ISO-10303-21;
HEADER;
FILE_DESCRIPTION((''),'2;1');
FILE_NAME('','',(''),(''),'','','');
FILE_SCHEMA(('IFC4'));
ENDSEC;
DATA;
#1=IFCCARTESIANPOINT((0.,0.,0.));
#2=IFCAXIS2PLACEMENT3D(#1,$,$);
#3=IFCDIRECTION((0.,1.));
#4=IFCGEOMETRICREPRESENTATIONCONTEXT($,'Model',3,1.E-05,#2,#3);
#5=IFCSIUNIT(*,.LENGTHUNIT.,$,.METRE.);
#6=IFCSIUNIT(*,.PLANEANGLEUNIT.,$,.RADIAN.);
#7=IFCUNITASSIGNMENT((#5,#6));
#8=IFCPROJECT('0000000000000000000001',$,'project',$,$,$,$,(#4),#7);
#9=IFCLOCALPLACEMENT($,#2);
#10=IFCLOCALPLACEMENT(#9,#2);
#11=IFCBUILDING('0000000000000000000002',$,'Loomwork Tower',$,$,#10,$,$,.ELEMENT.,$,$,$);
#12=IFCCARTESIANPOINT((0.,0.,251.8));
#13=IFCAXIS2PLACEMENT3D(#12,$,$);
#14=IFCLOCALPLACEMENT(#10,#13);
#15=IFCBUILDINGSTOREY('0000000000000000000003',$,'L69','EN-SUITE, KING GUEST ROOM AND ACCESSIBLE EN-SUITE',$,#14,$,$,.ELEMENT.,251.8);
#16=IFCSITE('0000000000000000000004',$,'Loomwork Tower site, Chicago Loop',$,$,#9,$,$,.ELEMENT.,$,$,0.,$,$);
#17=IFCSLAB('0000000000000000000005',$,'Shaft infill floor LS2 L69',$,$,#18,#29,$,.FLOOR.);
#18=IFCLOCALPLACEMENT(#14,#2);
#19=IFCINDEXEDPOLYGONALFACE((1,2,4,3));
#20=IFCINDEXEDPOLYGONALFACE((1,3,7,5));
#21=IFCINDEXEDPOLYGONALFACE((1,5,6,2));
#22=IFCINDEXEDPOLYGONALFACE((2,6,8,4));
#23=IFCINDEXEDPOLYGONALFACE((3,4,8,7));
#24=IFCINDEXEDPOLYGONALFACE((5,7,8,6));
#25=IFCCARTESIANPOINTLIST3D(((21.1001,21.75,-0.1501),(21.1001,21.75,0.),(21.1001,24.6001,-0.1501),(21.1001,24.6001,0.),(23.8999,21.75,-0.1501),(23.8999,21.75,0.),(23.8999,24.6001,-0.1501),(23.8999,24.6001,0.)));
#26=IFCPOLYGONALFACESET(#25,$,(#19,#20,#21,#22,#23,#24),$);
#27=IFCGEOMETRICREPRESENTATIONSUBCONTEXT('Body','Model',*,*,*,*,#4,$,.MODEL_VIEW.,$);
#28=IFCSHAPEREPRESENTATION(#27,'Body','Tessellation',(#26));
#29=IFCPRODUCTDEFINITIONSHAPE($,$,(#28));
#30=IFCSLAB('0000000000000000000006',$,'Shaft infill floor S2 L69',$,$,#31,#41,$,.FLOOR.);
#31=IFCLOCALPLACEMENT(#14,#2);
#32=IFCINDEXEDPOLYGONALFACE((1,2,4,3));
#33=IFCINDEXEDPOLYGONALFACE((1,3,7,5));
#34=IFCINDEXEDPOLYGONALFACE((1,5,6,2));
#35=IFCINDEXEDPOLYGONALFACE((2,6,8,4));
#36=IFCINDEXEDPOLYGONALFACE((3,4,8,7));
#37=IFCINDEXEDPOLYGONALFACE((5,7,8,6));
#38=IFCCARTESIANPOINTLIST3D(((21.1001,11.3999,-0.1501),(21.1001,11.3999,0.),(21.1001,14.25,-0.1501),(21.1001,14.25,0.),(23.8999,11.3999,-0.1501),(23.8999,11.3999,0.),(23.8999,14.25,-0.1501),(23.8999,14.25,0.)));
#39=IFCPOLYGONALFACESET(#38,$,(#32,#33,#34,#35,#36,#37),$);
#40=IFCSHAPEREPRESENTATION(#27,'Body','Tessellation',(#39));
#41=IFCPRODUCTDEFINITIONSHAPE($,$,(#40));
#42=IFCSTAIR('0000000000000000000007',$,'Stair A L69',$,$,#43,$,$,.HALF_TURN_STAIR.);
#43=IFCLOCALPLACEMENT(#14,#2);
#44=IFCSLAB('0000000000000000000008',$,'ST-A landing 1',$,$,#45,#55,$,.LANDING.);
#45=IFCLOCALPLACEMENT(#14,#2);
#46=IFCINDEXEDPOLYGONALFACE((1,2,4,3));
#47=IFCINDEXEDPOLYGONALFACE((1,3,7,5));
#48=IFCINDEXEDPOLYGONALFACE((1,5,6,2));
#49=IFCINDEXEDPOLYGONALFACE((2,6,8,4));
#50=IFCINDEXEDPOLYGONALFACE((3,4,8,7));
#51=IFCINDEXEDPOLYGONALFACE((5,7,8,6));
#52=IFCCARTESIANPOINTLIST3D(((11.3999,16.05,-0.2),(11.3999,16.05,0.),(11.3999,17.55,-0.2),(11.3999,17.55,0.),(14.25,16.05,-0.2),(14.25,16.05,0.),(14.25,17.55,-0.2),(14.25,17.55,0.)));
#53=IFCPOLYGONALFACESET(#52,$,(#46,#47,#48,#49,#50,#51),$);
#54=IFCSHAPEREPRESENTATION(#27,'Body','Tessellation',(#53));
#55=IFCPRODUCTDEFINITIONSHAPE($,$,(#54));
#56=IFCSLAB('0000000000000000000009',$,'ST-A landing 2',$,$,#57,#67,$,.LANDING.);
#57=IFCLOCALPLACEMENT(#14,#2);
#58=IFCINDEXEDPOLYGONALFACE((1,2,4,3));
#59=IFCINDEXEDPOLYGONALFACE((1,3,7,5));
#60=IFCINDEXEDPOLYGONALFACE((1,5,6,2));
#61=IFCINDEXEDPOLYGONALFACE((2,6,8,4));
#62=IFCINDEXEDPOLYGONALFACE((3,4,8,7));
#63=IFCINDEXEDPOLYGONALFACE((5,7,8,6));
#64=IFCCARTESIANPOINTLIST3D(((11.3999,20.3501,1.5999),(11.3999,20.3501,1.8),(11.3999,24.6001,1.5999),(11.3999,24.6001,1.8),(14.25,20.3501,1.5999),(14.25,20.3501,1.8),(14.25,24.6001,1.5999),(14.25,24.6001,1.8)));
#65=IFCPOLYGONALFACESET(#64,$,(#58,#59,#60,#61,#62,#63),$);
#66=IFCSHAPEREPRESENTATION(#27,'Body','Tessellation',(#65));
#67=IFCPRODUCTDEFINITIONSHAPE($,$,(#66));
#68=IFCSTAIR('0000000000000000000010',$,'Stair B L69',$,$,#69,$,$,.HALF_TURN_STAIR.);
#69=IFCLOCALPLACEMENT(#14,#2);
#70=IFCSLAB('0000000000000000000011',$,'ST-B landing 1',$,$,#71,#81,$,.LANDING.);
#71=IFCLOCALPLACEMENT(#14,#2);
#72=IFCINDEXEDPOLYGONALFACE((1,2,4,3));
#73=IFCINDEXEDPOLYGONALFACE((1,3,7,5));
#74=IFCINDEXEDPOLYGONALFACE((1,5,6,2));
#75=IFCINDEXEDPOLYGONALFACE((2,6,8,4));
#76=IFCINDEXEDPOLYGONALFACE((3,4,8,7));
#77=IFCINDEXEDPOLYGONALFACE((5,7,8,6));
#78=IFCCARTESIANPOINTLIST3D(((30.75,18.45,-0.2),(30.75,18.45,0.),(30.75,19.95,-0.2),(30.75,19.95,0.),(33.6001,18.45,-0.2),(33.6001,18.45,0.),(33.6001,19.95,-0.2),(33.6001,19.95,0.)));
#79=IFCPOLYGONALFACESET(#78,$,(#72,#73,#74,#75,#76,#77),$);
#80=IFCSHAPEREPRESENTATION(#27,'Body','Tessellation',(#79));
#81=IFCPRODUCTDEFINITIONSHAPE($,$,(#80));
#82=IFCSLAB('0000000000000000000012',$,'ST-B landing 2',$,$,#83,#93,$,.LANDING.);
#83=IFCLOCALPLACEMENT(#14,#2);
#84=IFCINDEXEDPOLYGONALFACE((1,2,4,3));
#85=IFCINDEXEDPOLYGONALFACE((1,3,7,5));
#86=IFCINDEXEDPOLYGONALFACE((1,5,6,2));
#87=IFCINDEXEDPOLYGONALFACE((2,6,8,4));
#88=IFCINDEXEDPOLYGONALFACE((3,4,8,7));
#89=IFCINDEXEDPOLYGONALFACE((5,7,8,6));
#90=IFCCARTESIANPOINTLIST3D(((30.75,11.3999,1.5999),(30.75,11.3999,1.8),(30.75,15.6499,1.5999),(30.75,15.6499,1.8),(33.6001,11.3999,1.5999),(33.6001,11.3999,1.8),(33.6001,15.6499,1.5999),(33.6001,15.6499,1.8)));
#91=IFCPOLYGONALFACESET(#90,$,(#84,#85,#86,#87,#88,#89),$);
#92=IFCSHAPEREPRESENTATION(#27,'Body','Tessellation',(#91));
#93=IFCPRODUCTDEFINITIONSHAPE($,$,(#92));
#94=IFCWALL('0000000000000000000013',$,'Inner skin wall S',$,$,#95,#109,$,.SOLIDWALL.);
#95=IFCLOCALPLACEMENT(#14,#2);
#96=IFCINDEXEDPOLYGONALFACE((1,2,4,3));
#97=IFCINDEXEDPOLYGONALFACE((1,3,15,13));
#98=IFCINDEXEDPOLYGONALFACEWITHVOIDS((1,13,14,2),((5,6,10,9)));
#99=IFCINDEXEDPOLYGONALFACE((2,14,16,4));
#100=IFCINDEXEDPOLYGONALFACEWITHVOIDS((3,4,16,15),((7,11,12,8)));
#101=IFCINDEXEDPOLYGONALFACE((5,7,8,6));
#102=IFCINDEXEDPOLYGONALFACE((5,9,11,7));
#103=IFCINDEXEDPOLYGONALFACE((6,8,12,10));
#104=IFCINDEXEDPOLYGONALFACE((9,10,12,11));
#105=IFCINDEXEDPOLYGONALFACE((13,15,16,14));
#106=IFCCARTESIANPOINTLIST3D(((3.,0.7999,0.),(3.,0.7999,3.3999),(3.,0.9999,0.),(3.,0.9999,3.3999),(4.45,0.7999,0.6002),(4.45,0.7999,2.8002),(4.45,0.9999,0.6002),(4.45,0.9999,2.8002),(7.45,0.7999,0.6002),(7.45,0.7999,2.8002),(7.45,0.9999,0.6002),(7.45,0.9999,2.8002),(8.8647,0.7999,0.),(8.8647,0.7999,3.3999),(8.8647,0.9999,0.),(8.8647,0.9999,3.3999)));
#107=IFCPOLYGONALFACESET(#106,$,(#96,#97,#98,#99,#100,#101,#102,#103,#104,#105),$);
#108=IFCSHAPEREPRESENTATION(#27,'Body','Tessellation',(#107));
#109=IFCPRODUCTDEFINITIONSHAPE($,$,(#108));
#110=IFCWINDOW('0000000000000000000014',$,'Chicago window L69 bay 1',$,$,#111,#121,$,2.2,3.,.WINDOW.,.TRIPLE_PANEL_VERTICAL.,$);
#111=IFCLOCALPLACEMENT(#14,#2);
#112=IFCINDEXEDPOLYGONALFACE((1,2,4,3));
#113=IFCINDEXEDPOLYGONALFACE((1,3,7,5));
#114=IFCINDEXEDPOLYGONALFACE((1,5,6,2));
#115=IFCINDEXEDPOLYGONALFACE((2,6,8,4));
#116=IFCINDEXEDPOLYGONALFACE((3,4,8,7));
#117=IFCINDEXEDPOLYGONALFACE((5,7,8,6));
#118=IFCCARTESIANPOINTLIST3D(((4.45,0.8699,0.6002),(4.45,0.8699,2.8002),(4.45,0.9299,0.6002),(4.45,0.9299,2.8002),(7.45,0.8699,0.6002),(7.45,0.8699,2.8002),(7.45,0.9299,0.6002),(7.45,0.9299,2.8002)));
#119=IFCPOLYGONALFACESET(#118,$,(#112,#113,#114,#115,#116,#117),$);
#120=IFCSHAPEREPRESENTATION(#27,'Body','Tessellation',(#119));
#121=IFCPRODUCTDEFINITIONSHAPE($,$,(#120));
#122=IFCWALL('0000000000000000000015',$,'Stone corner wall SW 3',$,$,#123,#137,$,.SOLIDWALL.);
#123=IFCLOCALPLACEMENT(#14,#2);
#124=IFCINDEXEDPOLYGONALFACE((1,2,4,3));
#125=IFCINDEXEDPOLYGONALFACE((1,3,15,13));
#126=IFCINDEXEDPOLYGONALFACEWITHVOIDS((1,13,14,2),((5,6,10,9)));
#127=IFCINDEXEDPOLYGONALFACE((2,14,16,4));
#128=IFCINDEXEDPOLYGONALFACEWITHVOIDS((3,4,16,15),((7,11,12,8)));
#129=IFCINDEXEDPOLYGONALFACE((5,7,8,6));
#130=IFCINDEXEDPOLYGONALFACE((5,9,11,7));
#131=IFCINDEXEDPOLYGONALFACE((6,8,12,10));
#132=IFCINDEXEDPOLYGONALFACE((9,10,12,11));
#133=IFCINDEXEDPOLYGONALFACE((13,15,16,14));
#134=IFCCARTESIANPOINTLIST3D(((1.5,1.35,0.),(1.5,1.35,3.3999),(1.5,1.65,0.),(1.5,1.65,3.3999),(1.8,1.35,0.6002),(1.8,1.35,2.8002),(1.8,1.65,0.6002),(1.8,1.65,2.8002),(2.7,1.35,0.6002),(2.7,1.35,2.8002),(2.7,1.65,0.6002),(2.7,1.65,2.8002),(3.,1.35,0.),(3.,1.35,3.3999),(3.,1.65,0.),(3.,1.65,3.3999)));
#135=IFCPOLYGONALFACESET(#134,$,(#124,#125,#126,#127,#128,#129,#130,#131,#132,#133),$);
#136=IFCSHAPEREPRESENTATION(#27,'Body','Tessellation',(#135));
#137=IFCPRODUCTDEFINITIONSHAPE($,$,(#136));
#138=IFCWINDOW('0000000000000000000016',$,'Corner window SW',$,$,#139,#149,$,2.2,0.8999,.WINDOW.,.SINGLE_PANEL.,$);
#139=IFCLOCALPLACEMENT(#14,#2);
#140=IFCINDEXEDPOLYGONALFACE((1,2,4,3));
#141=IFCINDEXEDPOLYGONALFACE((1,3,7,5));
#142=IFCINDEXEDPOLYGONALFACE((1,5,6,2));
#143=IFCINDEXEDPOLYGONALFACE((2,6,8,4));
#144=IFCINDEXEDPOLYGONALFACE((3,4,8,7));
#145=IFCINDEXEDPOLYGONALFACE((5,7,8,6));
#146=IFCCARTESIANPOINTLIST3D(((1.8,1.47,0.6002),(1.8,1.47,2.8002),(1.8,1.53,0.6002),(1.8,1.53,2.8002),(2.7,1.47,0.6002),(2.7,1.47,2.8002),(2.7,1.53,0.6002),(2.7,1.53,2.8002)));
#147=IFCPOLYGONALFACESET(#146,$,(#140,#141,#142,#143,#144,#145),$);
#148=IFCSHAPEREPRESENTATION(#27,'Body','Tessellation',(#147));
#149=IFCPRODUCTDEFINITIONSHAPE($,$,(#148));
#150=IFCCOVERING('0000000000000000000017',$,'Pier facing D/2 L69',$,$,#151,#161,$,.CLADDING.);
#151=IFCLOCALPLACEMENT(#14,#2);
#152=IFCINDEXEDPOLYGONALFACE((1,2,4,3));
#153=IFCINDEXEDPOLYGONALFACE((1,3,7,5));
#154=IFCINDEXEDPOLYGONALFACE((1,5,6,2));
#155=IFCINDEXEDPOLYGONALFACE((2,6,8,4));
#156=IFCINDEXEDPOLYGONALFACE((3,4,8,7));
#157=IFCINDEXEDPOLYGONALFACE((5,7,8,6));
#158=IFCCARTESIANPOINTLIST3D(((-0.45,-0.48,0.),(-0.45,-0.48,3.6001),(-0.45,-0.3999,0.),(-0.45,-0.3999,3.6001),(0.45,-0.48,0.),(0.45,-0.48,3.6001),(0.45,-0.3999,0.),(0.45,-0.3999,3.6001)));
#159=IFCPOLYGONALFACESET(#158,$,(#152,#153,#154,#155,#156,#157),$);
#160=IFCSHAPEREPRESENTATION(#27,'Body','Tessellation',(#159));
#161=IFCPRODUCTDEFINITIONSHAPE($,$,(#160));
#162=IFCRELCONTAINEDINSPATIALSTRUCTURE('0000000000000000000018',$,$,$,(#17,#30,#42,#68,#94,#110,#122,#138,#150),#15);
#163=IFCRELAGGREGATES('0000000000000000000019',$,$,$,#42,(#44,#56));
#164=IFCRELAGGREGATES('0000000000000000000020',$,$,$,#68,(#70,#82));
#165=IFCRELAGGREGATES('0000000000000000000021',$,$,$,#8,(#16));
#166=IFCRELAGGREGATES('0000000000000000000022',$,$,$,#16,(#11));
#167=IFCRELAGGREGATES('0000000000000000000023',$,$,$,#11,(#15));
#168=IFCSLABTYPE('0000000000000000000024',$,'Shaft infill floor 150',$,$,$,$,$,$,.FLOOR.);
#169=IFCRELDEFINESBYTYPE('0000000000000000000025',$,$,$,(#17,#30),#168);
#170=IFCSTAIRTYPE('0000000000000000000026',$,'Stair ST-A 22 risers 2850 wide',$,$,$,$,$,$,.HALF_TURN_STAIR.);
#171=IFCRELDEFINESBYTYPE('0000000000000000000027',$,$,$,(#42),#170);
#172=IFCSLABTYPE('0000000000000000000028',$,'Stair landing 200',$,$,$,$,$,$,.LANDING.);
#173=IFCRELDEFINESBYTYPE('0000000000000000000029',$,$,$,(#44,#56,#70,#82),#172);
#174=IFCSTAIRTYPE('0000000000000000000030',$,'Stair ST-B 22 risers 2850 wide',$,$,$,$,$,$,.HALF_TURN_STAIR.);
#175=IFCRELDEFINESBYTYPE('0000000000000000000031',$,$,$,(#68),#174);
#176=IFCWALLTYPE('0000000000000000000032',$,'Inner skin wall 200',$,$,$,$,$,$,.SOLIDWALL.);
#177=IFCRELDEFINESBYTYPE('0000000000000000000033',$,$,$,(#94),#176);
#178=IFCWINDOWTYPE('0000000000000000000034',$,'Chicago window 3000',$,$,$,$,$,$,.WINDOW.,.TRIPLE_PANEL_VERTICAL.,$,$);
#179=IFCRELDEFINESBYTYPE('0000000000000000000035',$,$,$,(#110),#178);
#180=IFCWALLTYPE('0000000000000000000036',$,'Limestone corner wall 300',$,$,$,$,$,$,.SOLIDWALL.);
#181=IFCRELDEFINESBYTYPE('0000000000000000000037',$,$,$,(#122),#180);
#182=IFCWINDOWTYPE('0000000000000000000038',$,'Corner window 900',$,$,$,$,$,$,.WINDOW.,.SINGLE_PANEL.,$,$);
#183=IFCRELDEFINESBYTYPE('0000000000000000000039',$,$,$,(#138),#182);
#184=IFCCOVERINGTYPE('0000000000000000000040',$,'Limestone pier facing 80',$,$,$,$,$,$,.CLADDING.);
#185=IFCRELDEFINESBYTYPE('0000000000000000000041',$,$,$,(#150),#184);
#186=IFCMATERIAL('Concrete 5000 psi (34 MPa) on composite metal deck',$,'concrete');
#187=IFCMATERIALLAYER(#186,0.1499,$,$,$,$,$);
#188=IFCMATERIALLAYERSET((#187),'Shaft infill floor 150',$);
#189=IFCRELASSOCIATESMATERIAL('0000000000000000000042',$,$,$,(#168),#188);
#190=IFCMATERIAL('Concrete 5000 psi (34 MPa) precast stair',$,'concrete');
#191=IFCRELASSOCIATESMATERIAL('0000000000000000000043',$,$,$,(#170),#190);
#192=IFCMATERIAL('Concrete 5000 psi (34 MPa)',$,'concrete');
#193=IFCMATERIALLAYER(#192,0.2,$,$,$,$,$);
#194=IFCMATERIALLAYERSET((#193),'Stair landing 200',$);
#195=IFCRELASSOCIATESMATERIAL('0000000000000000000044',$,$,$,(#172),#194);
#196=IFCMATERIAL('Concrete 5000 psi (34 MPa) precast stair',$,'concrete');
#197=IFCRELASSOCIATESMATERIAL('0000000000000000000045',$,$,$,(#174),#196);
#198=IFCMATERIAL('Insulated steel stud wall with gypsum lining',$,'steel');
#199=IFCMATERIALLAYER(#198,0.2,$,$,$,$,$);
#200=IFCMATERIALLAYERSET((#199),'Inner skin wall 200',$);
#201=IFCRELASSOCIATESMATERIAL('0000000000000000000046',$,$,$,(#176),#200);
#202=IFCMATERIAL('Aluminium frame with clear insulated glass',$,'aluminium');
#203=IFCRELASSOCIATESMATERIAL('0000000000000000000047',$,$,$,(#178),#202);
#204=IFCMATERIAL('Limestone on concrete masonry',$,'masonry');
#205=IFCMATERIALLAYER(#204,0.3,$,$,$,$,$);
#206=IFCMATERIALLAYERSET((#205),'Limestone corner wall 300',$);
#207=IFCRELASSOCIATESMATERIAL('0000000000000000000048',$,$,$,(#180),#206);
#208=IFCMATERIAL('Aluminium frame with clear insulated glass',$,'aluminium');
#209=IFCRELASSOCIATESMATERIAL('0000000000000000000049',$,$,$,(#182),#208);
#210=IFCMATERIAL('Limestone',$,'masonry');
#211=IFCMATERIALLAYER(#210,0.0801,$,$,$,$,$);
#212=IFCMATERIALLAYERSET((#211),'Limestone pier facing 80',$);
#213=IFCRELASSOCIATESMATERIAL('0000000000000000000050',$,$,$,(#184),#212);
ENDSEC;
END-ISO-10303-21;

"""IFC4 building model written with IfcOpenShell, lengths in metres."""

from ifc_helpers import new_model, si_unit, direction, frame, frame_2d, origin, origin_2d, place, context, subcontext, project, spatial, polyline, rectangle, outline, extrude, material, layer, layer_set, type_object, element, fill, aggregate, save


model = new_model("IFC4")

# Units and contexts
model_context = context("Model", 3, precision=1e-05, world=origin(), true_north=direction((0.0, 1.0)))
body_context = subcontext(model_context, "Body", "Model", "MODEL_VIEW")
ifc_project = project(units=[si_unit("LENGTHUNIT", "METRE"), si_unit("PLANEANGLEUNIT", "RADIAN")], contexts=[model_context])

# Site, building, storey
site_placement = place(None, origin())
site = spatial("IfcSite", under=ifc_project, at=site_placement, Name="Loomwork Tower site, Chicago Loop", CompositionType="ELEMENT", RefElevation=0.0)
building_placement = place(site_placement, origin())
building = spatial("IfcBuilding", under=site, at=building_placement, Name="Loomwork Tower", CompositionType="ELEMENT")
storey_placement = place(building_placement, frame((0.0, 0.0, 251.8)))
storey = spatial("IfcBuildingStorey", under=building, at=storey_placement, Name="L69", Description="EN-SUITE, KING GUEST ROOM AND ACCESSIBLE EN-SUITE", CompositionType="ELEMENT", Elevation=251.8)

# Slabs
ifc_material_1 = material(Name="Concrete 5000 psi (34 MPa) on composite metal deck", Category="concrete")
ifc_layer_1 = layer(ifc_material_1, 0.1499)
ifc_layer_set_1 = layer_set([ifc_layer_1], Name="Shaft infill floor 150")
slab_type_1 = type_object("IfcSlabType", Name="Shaft infill floor 150", PredefinedType="FLOOR", material=ifc_layer_set_1)
slab_1_placement = place(storey_placement, frame((0.0, 0.0, -0.1501)))
element("IfcSlab", 1, at=slab_1_placement, inside=storey, type_object=slab_type_1, Name="Shaft infill floor LS2 L69", PredefinedType="FLOOR", context=body_context, shape_type="SweptSolid", body=[
    extrude(outline(polyline([(21.1001, 21.75), (23.8999, 21.75), (23.8999, 24.6001), (21.1001, 24.6001), (21.1001, 21.75)])), origin(), (0.0, 0.0, 1.0), 0.1501),
])
slab_2_placement = place(storey_placement, frame((0.0, 0.0, -0.1501)))
element("IfcSlab", 2, at=slab_2_placement, inside=storey, type_object=slab_type_1, Name="Shaft infill floor S2 L69", PredefinedType="FLOOR", context=body_context, shape_type="SweptSolid", body=[
    extrude(outline(polyline([(21.1001, 11.3999), (23.8999, 11.3999), (23.8999, 14.25), (21.1001, 14.25), (21.1001, 11.3999)])), origin(), (0.0, 0.0, 1.0), 0.1501),
])

# Stairs, slabs
ifc_material_2 = material(Name="Concrete 5000 psi (34 MPa) precast stair", Category="concrete")
stair_type_1 = type_object("IfcStairType", Name="Stair ST-A 22 risers 2850 wide", PredefinedType="HALF_TURN_STAIR", material=ifc_material_2)
stair_1_placement = place(storey_placement, origin())
stair_1 = element("IfcStair", 3, at=stair_1_placement, inside=storey, type_object=stair_type_1, Name="Stair A L69", PredefinedType="HALF_TURN_STAIR")
ifc_material_3 = material(Name="Concrete 5000 psi (34 MPa)", Category="concrete")
ifc_layer_2 = layer(ifc_material_3, 0.2)
ifc_layer_set_2 = layer_set([ifc_layer_2], Name="Stair landing 200")
slab_type_2 = type_object("IfcSlabType", Name="Stair landing 200", PredefinedType="LANDING", material=ifc_layer_set_2)
slab_3_placement = place(storey_placement, frame((0.0, 0.0, -0.2)))
slab_3 = element("IfcSlab", 4, at=slab_3_placement, type_object=slab_type_2, Name="ST-A landing 1", PredefinedType="LANDING", context=body_context, shape_type="SweptSolid", body=[
    extrude(outline(polyline([(11.3999, 16.05), (14.25, 16.05), (14.25, 17.55), (11.3999, 17.55), (11.3999, 16.05)])), origin(), (0.0, 0.0, 1.0), 0.2),
])
slab_4_placement = place(storey_placement, frame((0.0, 0.0, 1.5999)))
slab_4 = element("IfcSlab", 5, at=slab_4_placement, type_object=slab_type_2, Name="ST-A landing 2", PredefinedType="LANDING", context=body_context, shape_type="SweptSolid", body=[
    extrude(outline(polyline([(11.3999, 20.3501), (14.25, 20.3501), (14.25, 24.6001), (11.3999, 24.6001), (11.3999, 20.3501)])), origin(), (0.0, 0.0, 1.0), 0.2002),
])
aggregate(stair_1, [slab_3, slab_4])
ifc_material_4 = material(Name="Concrete 5000 psi (34 MPa) precast stair", Category="concrete")
stair_type_2 = type_object("IfcStairType", Name="Stair ST-B 22 risers 2850 wide", PredefinedType="HALF_TURN_STAIR", material=ifc_material_4)
stair_2_placement = place(storey_placement, origin())
stair_2 = element("IfcStair", 6, at=stair_2_placement, inside=storey, type_object=stair_type_2, Name="Stair B L69", PredefinedType="HALF_TURN_STAIR")
slab_5_placement = place(storey_placement, frame((0.0, 0.0, -0.2)))
slab_5 = element("IfcSlab", 7, at=slab_5_placement, type_object=slab_type_2, Name="ST-B landing 1", PredefinedType="LANDING", context=body_context, shape_type="SweptSolid", body=[
    extrude(outline(polyline([(30.75, 18.45), (33.6001, 18.45), (33.6001, 19.95), (30.75, 19.95), (30.75, 18.45)])), origin(), (0.0, 0.0, 1.0), 0.2),
])
slab_6_placement = place(storey_placement, frame((0.0, 0.0, 1.5999)))
slab_6 = element("IfcSlab", 8, at=slab_6_placement, type_object=slab_type_2, Name="ST-B landing 2", PredefinedType="LANDING", context=body_context, shape_type="SweptSolid", body=[
    extrude(outline(polyline([(30.75, 11.3999), (33.6001, 11.3999), (33.6001, 15.6499), (30.75, 15.6499), (30.75, 11.3999)])), origin(), (0.0, 0.0, 1.0), 0.2002),
])
aggregate(stair_2, [slab_5, slab_6])

# Walls, openings, windows
ifc_material_5 = material(Name="Insulated steel stud wall with gypsum lining", Category="steel")
ifc_layer_3 = layer(ifc_material_5, 0.2)
ifc_layer_set_3 = layer_set([ifc_layer_3], Name="Inner skin wall 200")
wall_type_1 = type_object("IfcWallType", Name="Inner skin wall 200", PredefinedType="SOLIDWALL", material=ifc_layer_set_3)
wall_1_placement = place(storey_placement, frame((3.0, 0.8999, 0.0), z_axis=(0.0, 0.0, 1.0), x_axis=(1.0, 0.0, 0.0)))
wall_1 = element("IfcWall", 9, at=wall_1_placement, inside=storey, type_object=wall_type_1, Name="Inner skin wall S", PredefinedType="SOLIDWALL", context=body_context, shape_type="SweptSolid", body=[
    extrude(rectangle(XDim=5.8647, YDim=0.2, at=frame_2d((2.9324, 0.0))), origin(), (0.0, 0.0, 1.0), 3.3999),
])
opening_1_placement = place(wall_1_placement, frame((1.45, 0.0, 0.6001)))
opening_1 = element("IfcOpeningElement", 10, at=opening_1_placement, cuts=wall_1, PredefinedType="OPENING", context=body_context, shape_type="SweptSolid", body=[
    extrude(rectangle(XDim=3.0, YDim=2.2, at=frame_2d((1.5, 1.1001))), frame((0.0, 0.1099, 0.0), z_axis=(0.0, -1.0, 0.0), x_axis=(1.0, 0.0, 0.0)), (0.0, 0.0, 1.0), 0.22),
])
ifc_material_6 = material(Name="Aluminium frame with clear insulated glass", Category="aluminium")
window_type_1 = type_object("IfcWindowType", Name="Chicago window 3000", PartitioningType="TRIPLE_PANEL_VERTICAL", PredefinedType="WINDOW", material=ifc_material_6)
window_1_placement = place(opening_1_placement, origin())
window_1 = element("IfcWindow", 11, at=window_1_placement, inside=storey, type_object=window_type_1, Name="Chicago window L69 bay 1", OverallHeight=2.2, OverallWidth=3.0, PartitioningType="TRIPLE_PANEL_VERTICAL", PredefinedType="WINDOW", context=body_context, shape_type="SweptSolid", body=[
    extrude(rectangle(XDim=3.0, YDim=2.2, at=frame_2d((1.5, 1.1001))), frame((0.0, 0.03, 0.0), z_axis=(0.0, -1.0, 0.0), x_axis=(1.0, 0.0, 0.0)), (0.0, 0.0, 1.0), 0.0601),
])
fill(opening_1, window_1)
ifc_material_7 = material(Name="Limestone on concrete masonry", Category="masonry")
ifc_layer_4 = layer(ifc_material_7, 0.3)
ifc_layer_set_4 = layer_set([ifc_layer_4], Name="Limestone corner wall 300")
wall_type_2 = type_object("IfcWallType", Name="Limestone corner wall 300", PredefinedType="SOLIDWALL", material=ifc_layer_set_4)
wall_2_placement = place(storey_placement, frame((1.5, 1.5, 0.0), z_axis=(0.0, 0.0, 1.0), x_axis=(1.0, 0.0, 0.0)))
wall_2 = element("IfcWall", 12, at=wall_2_placement, inside=storey, type_object=wall_type_2, Name="Stone corner wall SW 3", PredefinedType="SOLIDWALL", context=body_context, shape_type="SweptSolid", body=[
    extrude(rectangle(XDim=1.5, YDim=0.3, at=frame_2d((0.75, 0.0))), origin(), (0.0, 0.0, 1.0), 3.3999),
])
opening_2_placement = place(wall_2_placement, frame((0.3, 0.0, 0.6001)))
opening_2 = element("IfcOpeningElement", 13, at=opening_2_placement, cuts=wall_2, PredefinedType="OPENING", context=body_context, shape_type="SweptSolid", body=[
    extrude(rectangle(XDim=0.8999, YDim=2.2, at=frame_2d((0.45, 1.1001))), frame((0.0, 0.1599, 0.0), z_axis=(0.0, -1.0, 0.0), x_axis=(1.0, 0.0, 0.0)), (0.0, 0.0, 1.0), 0.3201),
])
ifc_material_8 = material(Name="Aluminium frame with clear insulated glass", Category="aluminium")
window_type_2 = type_object("IfcWindowType", Name="Corner window 900", PartitioningType="SINGLE_PANEL", PredefinedType="WINDOW", material=ifc_material_8)
window_2_placement = place(opening_2_placement, origin())
window_2 = element("IfcWindow", 14, at=window_2_placement, inside=storey, type_object=window_type_2, Name="Corner window SW", OverallHeight=2.2, OverallWidth=0.8999, PartitioningType="SINGLE_PANEL", PredefinedType="WINDOW", context=body_context, shape_type="SweptSolid", body=[
    extrude(rectangle(XDim=0.8999, YDim=2.2, at=frame_2d((0.45, 1.1001))), frame((0.0, 0.03, 0.0), z_axis=(0.0, -1.0, 0.0), x_axis=(1.0, 0.0, 0.0)), (0.0, 0.0, 1.0), 0.0601),
])
fill(opening_2, window_2)

# Covering
ifc_material_9 = material(Name="Limestone", Category="masonry")
ifc_layer_5 = layer(ifc_material_9, 0.0801)
ifc_layer_set_5 = layer_set([ifc_layer_5], Name="Limestone pier facing 80")
covering_type = type_object("IfcCoveringType", Name="Limestone pier facing 80", PredefinedType="CLADDING", material=ifc_layer_set_5)
covering_placement = place(storey_placement, frame((0.0, -0.4399, 0.0), z_axis=(0.0, 0.0, 1.0), x_axis=(1.0, 0.0, 0.0)))
element("IfcCovering", 15, at=covering_placement, inside=storey, type_object=covering_type, Name="Pier facing D/2 L69", PredefinedType="CLADDING", context=body_context, shape_type="SweptSolid", body=[
    extrude(rectangle(XDim=0.8999, YDim=0.0801, at=origin_2d()), origin(), (0.0, 0.0, 1.0), 3.6001),
])

save(model, "model.ifc")
